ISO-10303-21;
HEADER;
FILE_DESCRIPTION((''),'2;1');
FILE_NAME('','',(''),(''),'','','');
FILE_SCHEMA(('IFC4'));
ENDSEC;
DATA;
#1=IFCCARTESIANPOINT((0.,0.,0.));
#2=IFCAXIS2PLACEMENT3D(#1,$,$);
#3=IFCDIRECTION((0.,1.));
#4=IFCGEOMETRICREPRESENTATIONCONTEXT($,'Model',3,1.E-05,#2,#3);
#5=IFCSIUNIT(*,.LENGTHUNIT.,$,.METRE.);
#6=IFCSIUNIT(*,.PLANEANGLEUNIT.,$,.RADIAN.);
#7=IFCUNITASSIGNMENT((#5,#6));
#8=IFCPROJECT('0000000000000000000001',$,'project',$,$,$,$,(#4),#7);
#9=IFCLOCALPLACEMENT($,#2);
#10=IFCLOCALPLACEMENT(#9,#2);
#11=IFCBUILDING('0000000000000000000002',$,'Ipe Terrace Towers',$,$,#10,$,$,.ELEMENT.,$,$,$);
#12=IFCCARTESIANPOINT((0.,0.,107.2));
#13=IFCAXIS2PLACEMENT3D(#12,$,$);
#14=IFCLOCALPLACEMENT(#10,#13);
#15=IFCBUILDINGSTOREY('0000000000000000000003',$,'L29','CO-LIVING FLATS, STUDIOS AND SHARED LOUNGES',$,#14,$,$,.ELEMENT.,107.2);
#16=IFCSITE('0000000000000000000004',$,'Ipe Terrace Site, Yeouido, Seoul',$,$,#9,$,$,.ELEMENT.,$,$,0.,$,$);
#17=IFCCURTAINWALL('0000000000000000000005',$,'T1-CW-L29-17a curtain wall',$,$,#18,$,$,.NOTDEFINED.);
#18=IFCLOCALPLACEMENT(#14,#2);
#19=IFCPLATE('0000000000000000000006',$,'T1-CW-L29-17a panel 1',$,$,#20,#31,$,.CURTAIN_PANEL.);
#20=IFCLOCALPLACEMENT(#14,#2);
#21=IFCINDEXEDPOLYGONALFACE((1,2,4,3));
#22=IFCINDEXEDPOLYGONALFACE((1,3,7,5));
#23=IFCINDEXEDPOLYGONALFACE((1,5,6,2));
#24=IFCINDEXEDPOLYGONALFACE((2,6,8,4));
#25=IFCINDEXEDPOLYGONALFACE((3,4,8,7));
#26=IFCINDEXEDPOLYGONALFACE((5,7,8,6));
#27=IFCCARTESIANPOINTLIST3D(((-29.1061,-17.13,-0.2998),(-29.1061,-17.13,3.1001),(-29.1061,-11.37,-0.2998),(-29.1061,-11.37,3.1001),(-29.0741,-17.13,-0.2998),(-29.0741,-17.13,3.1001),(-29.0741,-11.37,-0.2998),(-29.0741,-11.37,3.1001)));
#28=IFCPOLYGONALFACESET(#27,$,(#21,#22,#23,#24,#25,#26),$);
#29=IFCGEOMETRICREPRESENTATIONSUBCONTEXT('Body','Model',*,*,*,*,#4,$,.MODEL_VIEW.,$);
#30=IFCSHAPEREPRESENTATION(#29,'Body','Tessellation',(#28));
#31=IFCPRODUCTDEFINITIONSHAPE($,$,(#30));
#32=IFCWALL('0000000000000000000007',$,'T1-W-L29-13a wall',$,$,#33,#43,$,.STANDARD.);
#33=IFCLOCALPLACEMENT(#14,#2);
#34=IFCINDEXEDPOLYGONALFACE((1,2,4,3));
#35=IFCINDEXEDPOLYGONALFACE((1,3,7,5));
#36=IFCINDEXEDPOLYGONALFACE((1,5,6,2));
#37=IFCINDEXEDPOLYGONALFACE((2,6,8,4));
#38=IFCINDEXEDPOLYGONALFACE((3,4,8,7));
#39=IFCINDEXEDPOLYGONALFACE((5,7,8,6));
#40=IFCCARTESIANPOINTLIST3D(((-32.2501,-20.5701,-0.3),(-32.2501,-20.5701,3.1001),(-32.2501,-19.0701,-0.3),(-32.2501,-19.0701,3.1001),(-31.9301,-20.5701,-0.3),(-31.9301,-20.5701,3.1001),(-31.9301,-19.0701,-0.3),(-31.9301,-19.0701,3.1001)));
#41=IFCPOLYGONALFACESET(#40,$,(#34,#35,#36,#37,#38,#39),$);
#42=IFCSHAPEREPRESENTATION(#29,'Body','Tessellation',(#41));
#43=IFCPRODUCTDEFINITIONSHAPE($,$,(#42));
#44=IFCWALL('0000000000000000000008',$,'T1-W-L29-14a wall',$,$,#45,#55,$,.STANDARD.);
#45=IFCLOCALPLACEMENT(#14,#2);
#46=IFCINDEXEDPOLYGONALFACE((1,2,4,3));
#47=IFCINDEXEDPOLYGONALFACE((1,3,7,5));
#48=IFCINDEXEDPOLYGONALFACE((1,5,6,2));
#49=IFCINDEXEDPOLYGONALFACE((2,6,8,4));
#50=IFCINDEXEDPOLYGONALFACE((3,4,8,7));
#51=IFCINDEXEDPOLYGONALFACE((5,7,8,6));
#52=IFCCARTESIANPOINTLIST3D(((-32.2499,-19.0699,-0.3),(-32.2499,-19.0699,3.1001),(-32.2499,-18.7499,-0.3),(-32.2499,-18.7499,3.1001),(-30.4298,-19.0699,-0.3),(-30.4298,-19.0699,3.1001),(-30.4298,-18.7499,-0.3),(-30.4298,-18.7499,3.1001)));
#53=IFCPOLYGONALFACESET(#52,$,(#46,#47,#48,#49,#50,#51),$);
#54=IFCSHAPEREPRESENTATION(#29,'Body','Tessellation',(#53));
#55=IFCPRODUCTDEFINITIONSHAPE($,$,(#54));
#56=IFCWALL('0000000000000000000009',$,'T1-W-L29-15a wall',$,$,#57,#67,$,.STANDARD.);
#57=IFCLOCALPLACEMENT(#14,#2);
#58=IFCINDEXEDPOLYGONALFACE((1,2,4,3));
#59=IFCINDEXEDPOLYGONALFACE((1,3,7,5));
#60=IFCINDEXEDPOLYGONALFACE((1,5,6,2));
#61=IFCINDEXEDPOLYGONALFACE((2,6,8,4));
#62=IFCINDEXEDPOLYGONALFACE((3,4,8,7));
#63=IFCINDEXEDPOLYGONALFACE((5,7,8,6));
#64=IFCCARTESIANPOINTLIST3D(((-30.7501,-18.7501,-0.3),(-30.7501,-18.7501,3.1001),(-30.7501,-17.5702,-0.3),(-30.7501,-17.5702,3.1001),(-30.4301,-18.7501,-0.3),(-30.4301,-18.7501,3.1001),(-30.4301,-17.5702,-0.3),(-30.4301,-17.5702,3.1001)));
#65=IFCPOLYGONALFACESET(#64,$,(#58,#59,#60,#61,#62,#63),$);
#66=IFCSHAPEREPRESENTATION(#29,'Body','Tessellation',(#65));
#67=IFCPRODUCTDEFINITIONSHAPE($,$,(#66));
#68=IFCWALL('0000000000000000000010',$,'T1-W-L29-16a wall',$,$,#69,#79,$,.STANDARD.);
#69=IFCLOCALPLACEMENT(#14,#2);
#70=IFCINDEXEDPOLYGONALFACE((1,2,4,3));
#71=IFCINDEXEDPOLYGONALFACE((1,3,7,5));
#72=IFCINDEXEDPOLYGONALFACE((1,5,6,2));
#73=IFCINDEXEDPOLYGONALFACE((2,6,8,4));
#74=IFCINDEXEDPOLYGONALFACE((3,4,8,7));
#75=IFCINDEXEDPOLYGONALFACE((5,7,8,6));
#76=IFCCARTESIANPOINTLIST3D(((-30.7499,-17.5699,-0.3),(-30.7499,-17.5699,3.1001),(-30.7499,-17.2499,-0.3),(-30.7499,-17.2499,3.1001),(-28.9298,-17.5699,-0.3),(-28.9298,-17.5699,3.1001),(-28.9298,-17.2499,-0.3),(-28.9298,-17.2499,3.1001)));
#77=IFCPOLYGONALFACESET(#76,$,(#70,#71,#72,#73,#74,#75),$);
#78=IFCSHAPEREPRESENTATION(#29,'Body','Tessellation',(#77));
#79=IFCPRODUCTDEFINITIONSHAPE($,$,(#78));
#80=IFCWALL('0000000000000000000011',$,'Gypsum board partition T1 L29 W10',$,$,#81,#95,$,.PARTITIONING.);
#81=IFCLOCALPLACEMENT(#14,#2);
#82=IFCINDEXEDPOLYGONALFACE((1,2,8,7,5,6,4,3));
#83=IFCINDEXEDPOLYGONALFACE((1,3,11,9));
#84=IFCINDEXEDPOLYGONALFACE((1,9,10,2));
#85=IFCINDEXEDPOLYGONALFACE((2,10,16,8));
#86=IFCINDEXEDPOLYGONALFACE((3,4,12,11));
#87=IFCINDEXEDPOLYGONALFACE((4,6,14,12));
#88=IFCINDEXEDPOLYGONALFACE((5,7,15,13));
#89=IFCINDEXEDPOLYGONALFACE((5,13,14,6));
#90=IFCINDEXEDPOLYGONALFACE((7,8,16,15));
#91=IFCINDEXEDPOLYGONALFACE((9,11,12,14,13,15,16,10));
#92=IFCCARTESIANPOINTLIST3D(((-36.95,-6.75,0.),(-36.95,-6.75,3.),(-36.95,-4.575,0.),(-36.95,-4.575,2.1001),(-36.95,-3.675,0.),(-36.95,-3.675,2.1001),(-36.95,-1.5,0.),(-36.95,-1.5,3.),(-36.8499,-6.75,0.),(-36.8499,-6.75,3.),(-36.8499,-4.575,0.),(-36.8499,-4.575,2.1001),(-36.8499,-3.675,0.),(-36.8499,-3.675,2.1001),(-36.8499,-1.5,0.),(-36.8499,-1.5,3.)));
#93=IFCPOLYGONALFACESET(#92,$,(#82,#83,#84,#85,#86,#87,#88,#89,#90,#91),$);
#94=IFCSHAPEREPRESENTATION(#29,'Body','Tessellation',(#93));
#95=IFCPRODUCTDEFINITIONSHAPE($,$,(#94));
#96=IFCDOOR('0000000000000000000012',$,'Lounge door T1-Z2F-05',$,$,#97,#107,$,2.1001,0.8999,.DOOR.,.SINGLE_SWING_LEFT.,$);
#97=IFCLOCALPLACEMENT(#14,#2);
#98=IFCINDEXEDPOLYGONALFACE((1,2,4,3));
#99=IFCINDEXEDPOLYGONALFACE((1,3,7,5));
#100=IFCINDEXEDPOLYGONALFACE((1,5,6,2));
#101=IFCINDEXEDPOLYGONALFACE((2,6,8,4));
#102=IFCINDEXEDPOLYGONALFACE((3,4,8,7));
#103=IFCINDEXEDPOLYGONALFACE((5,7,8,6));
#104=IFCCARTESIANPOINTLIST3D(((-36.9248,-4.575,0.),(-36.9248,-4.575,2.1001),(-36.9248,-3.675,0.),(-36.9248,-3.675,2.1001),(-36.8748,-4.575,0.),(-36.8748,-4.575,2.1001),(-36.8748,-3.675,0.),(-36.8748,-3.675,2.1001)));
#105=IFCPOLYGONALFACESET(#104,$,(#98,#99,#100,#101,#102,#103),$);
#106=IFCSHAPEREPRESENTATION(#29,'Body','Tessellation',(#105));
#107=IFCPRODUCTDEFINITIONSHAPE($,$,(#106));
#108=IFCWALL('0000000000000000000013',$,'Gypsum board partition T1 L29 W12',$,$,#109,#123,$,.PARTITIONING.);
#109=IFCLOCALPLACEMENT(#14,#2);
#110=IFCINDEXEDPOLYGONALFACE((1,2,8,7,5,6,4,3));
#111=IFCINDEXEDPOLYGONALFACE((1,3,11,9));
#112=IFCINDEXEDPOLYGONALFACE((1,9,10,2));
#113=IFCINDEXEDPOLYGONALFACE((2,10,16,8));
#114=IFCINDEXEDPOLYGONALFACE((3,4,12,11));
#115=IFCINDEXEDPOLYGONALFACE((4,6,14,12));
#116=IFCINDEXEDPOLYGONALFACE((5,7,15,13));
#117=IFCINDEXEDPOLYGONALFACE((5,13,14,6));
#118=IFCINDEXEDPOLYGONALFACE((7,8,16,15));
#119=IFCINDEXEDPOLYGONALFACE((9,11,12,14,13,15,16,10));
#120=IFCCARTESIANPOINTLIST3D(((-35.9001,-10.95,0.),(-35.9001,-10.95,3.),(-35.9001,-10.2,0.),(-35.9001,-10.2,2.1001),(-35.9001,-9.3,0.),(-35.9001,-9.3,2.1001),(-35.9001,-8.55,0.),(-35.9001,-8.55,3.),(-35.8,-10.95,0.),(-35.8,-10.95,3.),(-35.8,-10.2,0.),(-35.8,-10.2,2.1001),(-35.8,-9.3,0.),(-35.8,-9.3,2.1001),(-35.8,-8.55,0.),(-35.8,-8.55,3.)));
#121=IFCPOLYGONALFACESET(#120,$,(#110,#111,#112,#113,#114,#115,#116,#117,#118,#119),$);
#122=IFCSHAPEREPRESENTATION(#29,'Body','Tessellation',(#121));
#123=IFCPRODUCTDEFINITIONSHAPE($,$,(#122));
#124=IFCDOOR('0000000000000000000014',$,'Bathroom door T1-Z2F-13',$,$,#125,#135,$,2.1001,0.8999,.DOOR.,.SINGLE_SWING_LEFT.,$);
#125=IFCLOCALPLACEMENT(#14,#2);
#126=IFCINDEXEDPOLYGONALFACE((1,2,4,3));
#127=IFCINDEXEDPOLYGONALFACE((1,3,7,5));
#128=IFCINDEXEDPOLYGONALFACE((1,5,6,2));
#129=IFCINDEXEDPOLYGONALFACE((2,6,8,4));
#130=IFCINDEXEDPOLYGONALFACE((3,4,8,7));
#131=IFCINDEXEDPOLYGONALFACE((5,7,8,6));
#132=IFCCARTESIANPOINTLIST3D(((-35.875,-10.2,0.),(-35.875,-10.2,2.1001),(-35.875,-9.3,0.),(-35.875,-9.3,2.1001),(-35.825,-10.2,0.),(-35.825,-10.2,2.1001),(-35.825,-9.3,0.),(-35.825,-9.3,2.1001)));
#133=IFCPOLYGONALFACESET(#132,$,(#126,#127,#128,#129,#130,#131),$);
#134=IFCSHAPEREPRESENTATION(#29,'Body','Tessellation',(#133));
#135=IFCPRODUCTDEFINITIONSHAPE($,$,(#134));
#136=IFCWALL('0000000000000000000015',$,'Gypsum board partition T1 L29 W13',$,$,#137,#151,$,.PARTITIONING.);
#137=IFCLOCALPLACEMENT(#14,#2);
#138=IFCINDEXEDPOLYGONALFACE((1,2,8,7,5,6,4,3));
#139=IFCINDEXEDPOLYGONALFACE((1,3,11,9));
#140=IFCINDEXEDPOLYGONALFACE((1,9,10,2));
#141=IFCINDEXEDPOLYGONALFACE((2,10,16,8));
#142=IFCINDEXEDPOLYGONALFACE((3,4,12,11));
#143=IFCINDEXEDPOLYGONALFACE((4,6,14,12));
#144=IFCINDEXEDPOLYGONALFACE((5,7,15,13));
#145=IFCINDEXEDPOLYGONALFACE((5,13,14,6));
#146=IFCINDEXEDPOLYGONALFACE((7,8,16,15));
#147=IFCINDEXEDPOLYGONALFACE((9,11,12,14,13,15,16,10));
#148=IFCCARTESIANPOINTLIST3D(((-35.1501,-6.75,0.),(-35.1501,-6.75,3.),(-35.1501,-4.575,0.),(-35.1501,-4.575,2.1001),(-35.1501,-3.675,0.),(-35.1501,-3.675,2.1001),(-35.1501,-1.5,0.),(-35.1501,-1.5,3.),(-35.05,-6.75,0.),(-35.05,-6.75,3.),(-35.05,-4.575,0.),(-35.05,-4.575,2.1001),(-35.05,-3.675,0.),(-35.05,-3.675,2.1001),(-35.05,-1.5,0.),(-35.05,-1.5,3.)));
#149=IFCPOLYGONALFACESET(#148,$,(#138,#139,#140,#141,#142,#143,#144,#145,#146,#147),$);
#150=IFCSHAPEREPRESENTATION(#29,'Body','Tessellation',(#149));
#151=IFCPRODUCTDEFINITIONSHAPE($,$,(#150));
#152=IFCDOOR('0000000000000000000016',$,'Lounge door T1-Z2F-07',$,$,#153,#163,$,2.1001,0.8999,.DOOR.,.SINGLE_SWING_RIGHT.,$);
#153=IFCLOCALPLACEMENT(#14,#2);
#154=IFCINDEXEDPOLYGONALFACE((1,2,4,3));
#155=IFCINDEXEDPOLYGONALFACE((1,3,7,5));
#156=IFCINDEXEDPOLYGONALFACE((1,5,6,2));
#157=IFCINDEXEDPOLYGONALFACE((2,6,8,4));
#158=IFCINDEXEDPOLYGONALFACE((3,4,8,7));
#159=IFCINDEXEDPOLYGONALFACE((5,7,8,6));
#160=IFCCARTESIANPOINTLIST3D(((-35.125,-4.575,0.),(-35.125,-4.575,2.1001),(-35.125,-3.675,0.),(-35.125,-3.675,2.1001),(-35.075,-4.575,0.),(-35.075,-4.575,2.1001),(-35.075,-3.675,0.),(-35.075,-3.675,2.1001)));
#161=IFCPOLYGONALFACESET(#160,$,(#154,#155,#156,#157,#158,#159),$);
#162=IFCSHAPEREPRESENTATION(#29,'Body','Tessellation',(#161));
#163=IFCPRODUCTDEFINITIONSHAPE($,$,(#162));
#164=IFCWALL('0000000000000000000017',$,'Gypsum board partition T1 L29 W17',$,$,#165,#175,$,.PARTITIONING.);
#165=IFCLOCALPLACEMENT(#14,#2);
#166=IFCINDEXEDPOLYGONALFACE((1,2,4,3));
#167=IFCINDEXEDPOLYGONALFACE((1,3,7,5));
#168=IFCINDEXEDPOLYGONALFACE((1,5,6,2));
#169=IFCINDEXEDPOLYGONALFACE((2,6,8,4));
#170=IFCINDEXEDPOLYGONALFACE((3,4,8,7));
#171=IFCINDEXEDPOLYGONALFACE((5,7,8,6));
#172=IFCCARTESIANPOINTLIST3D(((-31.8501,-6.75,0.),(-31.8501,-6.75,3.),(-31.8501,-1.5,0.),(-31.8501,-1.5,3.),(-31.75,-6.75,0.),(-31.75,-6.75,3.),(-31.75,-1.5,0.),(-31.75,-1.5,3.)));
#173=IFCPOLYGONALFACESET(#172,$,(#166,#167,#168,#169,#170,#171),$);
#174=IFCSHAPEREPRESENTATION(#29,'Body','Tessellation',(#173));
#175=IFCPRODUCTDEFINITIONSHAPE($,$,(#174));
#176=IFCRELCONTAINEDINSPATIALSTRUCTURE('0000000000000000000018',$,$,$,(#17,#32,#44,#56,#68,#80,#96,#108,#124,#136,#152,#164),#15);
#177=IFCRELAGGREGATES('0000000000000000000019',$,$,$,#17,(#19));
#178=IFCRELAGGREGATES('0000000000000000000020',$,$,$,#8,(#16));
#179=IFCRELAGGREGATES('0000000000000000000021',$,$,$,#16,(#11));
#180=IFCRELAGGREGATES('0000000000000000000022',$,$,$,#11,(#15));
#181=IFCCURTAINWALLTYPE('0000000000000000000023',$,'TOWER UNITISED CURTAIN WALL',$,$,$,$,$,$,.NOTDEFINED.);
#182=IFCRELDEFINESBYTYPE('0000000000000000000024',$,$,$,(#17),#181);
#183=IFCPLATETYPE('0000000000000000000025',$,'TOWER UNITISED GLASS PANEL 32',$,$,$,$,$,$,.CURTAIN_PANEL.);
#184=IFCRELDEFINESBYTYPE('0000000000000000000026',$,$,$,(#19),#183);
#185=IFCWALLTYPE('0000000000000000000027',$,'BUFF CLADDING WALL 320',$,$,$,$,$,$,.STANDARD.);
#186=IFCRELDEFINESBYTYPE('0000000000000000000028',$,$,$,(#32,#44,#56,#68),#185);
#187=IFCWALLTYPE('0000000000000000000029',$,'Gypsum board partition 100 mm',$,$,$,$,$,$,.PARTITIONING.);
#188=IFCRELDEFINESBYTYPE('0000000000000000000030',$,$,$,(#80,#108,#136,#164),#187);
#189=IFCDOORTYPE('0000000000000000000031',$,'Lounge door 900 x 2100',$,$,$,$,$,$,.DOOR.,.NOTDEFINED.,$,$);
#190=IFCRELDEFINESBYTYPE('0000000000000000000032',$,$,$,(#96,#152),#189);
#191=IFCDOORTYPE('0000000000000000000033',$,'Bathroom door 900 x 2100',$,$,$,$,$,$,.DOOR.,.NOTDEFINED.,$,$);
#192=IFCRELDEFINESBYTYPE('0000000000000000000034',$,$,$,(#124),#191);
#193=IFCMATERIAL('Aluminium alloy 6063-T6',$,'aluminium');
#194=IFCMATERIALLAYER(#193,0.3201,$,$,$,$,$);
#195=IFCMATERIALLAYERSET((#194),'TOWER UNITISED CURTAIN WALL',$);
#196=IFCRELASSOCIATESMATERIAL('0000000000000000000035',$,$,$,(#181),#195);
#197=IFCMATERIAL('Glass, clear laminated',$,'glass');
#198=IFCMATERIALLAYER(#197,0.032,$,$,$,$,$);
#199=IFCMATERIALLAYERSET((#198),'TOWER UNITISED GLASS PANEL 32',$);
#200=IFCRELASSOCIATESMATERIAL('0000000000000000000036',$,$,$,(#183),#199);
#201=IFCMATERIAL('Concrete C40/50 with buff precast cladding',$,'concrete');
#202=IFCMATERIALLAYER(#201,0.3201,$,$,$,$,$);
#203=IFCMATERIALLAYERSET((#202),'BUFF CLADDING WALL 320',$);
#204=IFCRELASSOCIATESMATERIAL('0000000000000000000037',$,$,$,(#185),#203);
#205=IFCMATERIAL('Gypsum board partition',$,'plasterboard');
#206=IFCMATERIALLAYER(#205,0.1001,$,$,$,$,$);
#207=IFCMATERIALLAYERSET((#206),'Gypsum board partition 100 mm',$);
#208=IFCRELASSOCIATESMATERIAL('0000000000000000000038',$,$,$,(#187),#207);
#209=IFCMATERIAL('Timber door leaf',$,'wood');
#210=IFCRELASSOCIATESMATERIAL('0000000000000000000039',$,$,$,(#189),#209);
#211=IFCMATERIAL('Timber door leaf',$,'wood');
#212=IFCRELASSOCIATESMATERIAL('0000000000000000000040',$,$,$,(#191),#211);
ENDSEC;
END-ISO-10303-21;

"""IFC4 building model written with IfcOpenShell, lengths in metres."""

from ifc_helpers import new_model, si_unit, direction, frame, frame_2d, origin, origin_2d, place, context, subcontext, project, spatial, rectangle, extrude, material, layer, layer_set, type_object, element, fill, aggregate, save


model = new_model("IFC4")

# Units and contexts
model_context = context("Model", 3, precision=1e-05, world=origin(), true_north=direction((0.0, 1.0)))
body_context = subcontext(model_context, "Body", "Model", "MODEL_VIEW")
ifc_project = project(units=[si_unit("LENGTHUNIT", "METRE"), si_unit("PLANEANGLEUNIT", "RADIAN")], contexts=[model_context])

# Site, building, storey
site_placement = place(None, origin())
site = spatial("IfcSite", under=ifc_project, at=site_placement, Name="Ipe Terrace Site, Yeouido, Seoul", CompositionType="ELEMENT", RefElevation=0.0)
building_placement = place(site_placement, origin())
building = spatial("IfcBuilding", under=site, at=building_placement, Name="Ipe Terrace Towers", CompositionType="ELEMENT")
storey_placement = place(building_placement, frame((0.0, 0.0, 107.2)))
storey = spatial("IfcBuildingStorey", under=building, at=storey_placement, Name="L29", Description="CO-LIVING FLATS, STUDIOS AND SHARED LOUNGES", CompositionType="ELEMENT", Elevation=107.2)

# Shared definitions
ifc_material_1 = material(Name="Aluminium alloy 6063-T6", Category="aluminium")
ifc_layer_1 = layer(ifc_material_1, 0.3201)
ifc_layer_set_1 = layer_set([ifc_layer_1], Name="TOWER UNITISED CURTAIN WALL")
curtain_wall_type = type_object("IfcCurtainWallType", Name="TOWER UNITISED CURTAIN WALL", PredefinedType="NOTDEFINED", material=ifc_layer_set_1)

# Curtain wall
curtain_wall_1_placement = place(storey_placement, origin())
curtain_wall_1 = element("IfcCurtainWall", 1, at=curtain_wall_1_placement, inside=storey, type_object=curtain_wall_type, Name="T1-CW-L29-17a curtain wall", PredefinedType="NOTDEFINED")

# Plate
ifc_material_2 = material(Name="Glass, clear laminated", Category="glass")
ifc_layer_2 = layer(ifc_material_2, 0.032)
ifc_layer_set_2 = layer_set([ifc_layer_2], Name="TOWER UNITISED GLASS PANEL 32")
plate_type = type_object("IfcPlateType", Name="TOWER UNITISED GLASS PANEL 32", PredefinedType="CURTAIN_PANEL", material=ifc_layer_set_2)
plate_1_placement = place(storey_placement, frame((-29.0901, -14.25, -0.2998), z_axis=(0.0, 0.0, 1.0), x_axis=(0.0, 1.0, 0.0)))
plate_1 = element("IfcPlate", 2, at=plate_1_placement, type_object=plate_type, Name="T1-CW-L29-17a panel 1", PredefinedType="CURTAIN_PANEL", context=body_context, shape_type="SweptSolid", body=[
    extrude(rectangle(XDim=5.76, YDim=0.032, at=origin_2d()), origin(), (0.0, 0.0, 1.0), 3.3999),
])
aggregate(curtain_wall_1, [plate_1])

# Walls
ifc_material_3 = material(Name="Concrete C40/50 with buff precast cladding", Category="concrete")
ifc_layer_3 = layer(ifc_material_3, 0.3201)
ifc_layer_set_3 = layer_set([ifc_layer_3], Name="BUFF CLADDING WALL 320")
wall_type_1 = type_object("IfcWallType", Name="BUFF CLADDING WALL 320", PredefinedType="STANDARD", material=ifc_layer_set_3)
wall_1_placement = place(storey_placement, frame((-32.0901, -20.5701, -0.3), z_axis=(0.0, 0.0, 1.0), x_axis=(0.0, 1.0, 0.0)))
element("IfcWall", 3, at=wall_1_placement, inside=storey, type_object=wall_type_1, Name="T1-W-L29-13a wall", PredefinedType="STANDARD", context=body_context, shape_type="SweptSolid", body=[
    extrude(rectangle(XDim=1.5, YDim=0.3201, at=frame_2d((0.75, 0.0))), origin(), (0.0, 0.0, 1.0), 3.4001),
])
wall_2_placement = place(storey_placement, frame((-32.25, -18.9099, -0.3), z_axis=(0.0, 0.0, 1.0), x_axis=(1.0, 0.0, 0.0)))
element("IfcWall", 4, at=wall_2_placement, inside=storey, type_object=wall_type_1, Name="T1-W-L29-14a wall", PredefinedType="STANDARD", context=body_context, shape_type="SweptSolid", body=[
    extrude(rectangle(XDim=1.8201, YDim=0.3201, at=frame_2d((0.9102, 0.0))), origin(), (0.0, 0.0, 1.0), 3.4001),
])
wall_3_placement = place(storey_placement, frame((-30.5901, -18.75, -0.3), z_axis=(0.0, 0.0, 1.0), x_axis=(0.0, 1.0, 0.0)))
element("IfcWall", 5, at=wall_3_placement, inside=storey, type_object=wall_type_1, Name="T1-W-L29-15a wall", PredefinedType="STANDARD", context=body_context, shape_type="SweptSolid", body=[
    extrude(rectangle(XDim=1.1799, YDim=0.3201, at=frame_2d((0.5898, 0.0))), origin(), (0.0, 0.0, 1.0), 3.4001),
])
wall_4_placement = place(storey_placement, frame((-30.75, -17.4099, -0.3), z_axis=(0.0, 0.0, 1.0), x_axis=(1.0, 0.0, 0.0)))
element("IfcWall", 6, at=wall_4_placement, inside=storey, type_object=wall_type_1, Name="T1-W-L29-16a wall", PredefinedType="STANDARD", context=body_context, shape_type="SweptSolid", body=[
    extrude(rectangle(XDim=1.8201, YDim=0.3201, at=frame_2d((0.9102, 0.0))), origin(), (0.0, 0.0, 1.0), 3.4001),
])

# Walls, openings, doors
ifc_material_4 = material(Name="Gypsum board partition", Category="plasterboard")
ifc_layer_4 = layer(ifc_material_4, 0.1001)
ifc_layer_set_4 = layer_set([ifc_layer_4], Name="Gypsum board partition 100 mm")
wall_type_2 = type_object("IfcWallType", Name="Gypsum board partition 100 mm", PredefinedType="PARTITIONING", material=ifc_layer_set_4)
wall_5_placement = place(storey_placement, frame((-36.8999, -6.75, 0.0), z_axis=(0.0, 0.0, 1.0), x_axis=(0.0, 1.0, 0.0)))
wall_5 = element("IfcWall", 7, at=wall_5_placement, inside=storey, type_object=wall_type_2, Name="Gypsum board partition T1 L29 W10", PredefinedType="PARTITIONING", context=body_context, shape_type="SweptSolid", body=[
    extrude(rectangle(XDim=5.25, YDim=0.1001, at=frame_2d((2.625, 0.0))), origin(), (0.0, 0.0, 1.0), 3.0),
])
opening_1_placement = place(wall_5_placement, frame((2.175, 0.0, 0.0)))
opening_1 = element("IfcOpeningElement", 8, at=opening_1_placement, cuts=wall_5, PredefinedType="OPENING", context=body_context, shape_type="SweptSolid", body=[
    extrude(rectangle(XDim=0.8999, YDim=2.1001, at=frame_2d((0.45, 1.05))), frame((0.0, 0.0601, 0.0), z_axis=(0.0, -1.0, 0.0), x_axis=(1.0, 0.0, 0.0)), (0.0, 0.0, 1.0), 0.1201),
])
ifc_material_5 = material(Name="Timber door leaf", Category="wood")
door_type_1 = type_object("IfcDoorType", Name="Lounge door 900 x 2100", OperationType="NOTDEFINED", PredefinedType="DOOR", material=ifc_material_5)
door_1_placement = place(opening_1_placement, origin())
door_1 = element("IfcDoor", 9, at=door_1_placement, inside=storey, type_object=door_type_1, Name="Lounge door T1-Z2F-05", OperationType="SINGLE_SWING_LEFT", OverallHeight=2.1001, OverallWidth=0.8999, PredefinedType="DOOR", context=body_context, shape_type="SweptSolid", body=[
    extrude(rectangle(XDim=0.8999, YDim=2.1001, at=frame_2d((0.45, 1.05))), frame((0.0, 0.0249, 0.0), z_axis=(0.0, -1.0, 0.0), x_axis=(1.0, 0.0, 0.0)), (0.0, 0.0, 1.0), 0.05),
])
fill(opening_1, door_1)
wall_6_placement = place(storey_placement, frame((-35.8501, -10.95, 0.0), z_axis=(0.0, 0.0, 1.0), x_axis=(0.0, 1.0, 0.0)))
wall_6 = element("IfcWall", 10, at=wall_6_placement, inside=storey, type_object=wall_type_2, Name="Gypsum board partition T1 L29 W12", PredefinedType="PARTITIONING", context=body_context, shape_type="SweptSolid", body=[
    extrude(rectangle(XDim=2.3999, YDim=0.1001, at=frame_2d((1.2, 0.0))), origin(), (0.0, 0.0, 1.0), 3.0),
])
opening_2_placement = place(wall_6_placement, frame((0.75, 0.0, 0.0)))
opening_2 = element("IfcOpeningElement", 11, at=opening_2_placement, cuts=wall_6, PredefinedType="OPENING", context=body_context, shape_type="SweptSolid", body=[
    extrude(rectangle(XDim=0.8999, YDim=2.1001, at=frame_2d((0.45, 1.05))), frame((0.0, 0.0601, 0.0), z_axis=(0.0, -1.0, 0.0), x_axis=(1.0, 0.0, 0.0)), (0.0, 0.0, 1.0), 0.1201),
])
ifc_material_6 = material(Name="Timber door leaf", Category="wood")
door_type_2 = type_object("IfcDoorType", Name="Bathroom door 900 x 2100", OperationType="NOTDEFINED", PredefinedType="DOOR", material=ifc_material_6)
door_2_placement = place(opening_2_placement, origin())
door_2 = element("IfcDoor", 12, at=door_2_placement, inside=storey, type_object=door_type_2, Name="Bathroom door T1-Z2F-13", OperationType="SINGLE_SWING_LEFT", OverallHeight=2.1001, OverallWidth=0.8999, PredefinedType="DOOR", context=body_context, shape_type="SweptSolid", body=[
    extrude(rectangle(XDim=0.8999, YDim=2.1001, at=frame_2d((0.45, 1.05))), frame((0.0, 0.0249, 0.0), z_axis=(0.0, -1.0, 0.0), x_axis=(1.0, 0.0, 0.0)), (0.0, 0.0, 1.0), 0.05),
])
fill(opening_2, door_2)
wall_7_placement = place(storey_placement, frame((-35.1001, -6.75, 0.0), z_axis=(0.0, 0.0, 1.0), x_axis=(0.0, 1.0, 0.0)))
wall_7 = element("IfcWall", 13, at=wall_7_placement, inside=storey, type_object=wall_type_2, Name="Gypsum board partition T1 L29 W13", PredefinedType="PARTITIONING", context=body_context, shape_type="SweptSolid", body=[
    extrude(rectangle(XDim=5.25, YDim=0.1001, at=frame_2d((2.625, 0.0))), origin(), (0.0, 0.0, 1.0), 3.0),
])
opening_3_placement = place(wall_7_placement, frame((2.175, 0.0, 0.0)))
opening_3 = element("IfcOpeningElement", 14, at=opening_3_placement, cuts=wall_7, PredefinedType="OPENING", context=body_context, shape_type="SweptSolid", body=[
    extrude(rectangle(XDim=0.8999, YDim=2.1001, at=frame_2d((0.45, 1.05))), frame((0.0, 0.0601, 0.0), z_axis=(0.0, -1.0, 0.0), x_axis=(1.0, 0.0, 0.0)), (0.0, 0.0, 1.0), 0.1201),
])
door_3_placement = place(opening_3_placement, origin())
door_3 = element("IfcDoor", 15, at=door_3_placement, inside=storey, type_object=door_type_1, Name="Lounge door T1-Z2F-07", OperationType="SINGLE_SWING_RIGHT", OverallHeight=2.1001, OverallWidth=0.8999, PredefinedType="DOOR", context=body_context, shape_type="SweptSolid", body=[
    extrude(rectangle(XDim=0.8999, YDim=2.1001, at=frame_2d((0.45, 1.05))), frame((0.0, 0.0249, 0.0), z_axis=(0.0, -1.0, 0.0), x_axis=(1.0, 0.0, 0.0)), (0.0, 0.0, 1.0), 0.05),
])
fill(opening_3, door_3)

# Wall
wall_8_placement = place(storey_placement, frame((-31.8, -6.75, 0.0), z_axis=(0.0, 0.0, 1.0), x_axis=(0.0, 1.0, 0.0)))
element("IfcWall", 16, at=wall_8_placement, inside=storey, type_object=wall_type_2, Name="Gypsum board partition T1 L29 W17", PredefinedType="PARTITIONING", context=body_context, shape_type="SweptSolid", body=[
    extrude(rectangle(XDim=5.25, YDim=0.1001, at=frame_2d((2.625, 0.0))), origin(), (0.0, 0.0, 1.0), 3.0),
])

save(model, "model.ifc")
